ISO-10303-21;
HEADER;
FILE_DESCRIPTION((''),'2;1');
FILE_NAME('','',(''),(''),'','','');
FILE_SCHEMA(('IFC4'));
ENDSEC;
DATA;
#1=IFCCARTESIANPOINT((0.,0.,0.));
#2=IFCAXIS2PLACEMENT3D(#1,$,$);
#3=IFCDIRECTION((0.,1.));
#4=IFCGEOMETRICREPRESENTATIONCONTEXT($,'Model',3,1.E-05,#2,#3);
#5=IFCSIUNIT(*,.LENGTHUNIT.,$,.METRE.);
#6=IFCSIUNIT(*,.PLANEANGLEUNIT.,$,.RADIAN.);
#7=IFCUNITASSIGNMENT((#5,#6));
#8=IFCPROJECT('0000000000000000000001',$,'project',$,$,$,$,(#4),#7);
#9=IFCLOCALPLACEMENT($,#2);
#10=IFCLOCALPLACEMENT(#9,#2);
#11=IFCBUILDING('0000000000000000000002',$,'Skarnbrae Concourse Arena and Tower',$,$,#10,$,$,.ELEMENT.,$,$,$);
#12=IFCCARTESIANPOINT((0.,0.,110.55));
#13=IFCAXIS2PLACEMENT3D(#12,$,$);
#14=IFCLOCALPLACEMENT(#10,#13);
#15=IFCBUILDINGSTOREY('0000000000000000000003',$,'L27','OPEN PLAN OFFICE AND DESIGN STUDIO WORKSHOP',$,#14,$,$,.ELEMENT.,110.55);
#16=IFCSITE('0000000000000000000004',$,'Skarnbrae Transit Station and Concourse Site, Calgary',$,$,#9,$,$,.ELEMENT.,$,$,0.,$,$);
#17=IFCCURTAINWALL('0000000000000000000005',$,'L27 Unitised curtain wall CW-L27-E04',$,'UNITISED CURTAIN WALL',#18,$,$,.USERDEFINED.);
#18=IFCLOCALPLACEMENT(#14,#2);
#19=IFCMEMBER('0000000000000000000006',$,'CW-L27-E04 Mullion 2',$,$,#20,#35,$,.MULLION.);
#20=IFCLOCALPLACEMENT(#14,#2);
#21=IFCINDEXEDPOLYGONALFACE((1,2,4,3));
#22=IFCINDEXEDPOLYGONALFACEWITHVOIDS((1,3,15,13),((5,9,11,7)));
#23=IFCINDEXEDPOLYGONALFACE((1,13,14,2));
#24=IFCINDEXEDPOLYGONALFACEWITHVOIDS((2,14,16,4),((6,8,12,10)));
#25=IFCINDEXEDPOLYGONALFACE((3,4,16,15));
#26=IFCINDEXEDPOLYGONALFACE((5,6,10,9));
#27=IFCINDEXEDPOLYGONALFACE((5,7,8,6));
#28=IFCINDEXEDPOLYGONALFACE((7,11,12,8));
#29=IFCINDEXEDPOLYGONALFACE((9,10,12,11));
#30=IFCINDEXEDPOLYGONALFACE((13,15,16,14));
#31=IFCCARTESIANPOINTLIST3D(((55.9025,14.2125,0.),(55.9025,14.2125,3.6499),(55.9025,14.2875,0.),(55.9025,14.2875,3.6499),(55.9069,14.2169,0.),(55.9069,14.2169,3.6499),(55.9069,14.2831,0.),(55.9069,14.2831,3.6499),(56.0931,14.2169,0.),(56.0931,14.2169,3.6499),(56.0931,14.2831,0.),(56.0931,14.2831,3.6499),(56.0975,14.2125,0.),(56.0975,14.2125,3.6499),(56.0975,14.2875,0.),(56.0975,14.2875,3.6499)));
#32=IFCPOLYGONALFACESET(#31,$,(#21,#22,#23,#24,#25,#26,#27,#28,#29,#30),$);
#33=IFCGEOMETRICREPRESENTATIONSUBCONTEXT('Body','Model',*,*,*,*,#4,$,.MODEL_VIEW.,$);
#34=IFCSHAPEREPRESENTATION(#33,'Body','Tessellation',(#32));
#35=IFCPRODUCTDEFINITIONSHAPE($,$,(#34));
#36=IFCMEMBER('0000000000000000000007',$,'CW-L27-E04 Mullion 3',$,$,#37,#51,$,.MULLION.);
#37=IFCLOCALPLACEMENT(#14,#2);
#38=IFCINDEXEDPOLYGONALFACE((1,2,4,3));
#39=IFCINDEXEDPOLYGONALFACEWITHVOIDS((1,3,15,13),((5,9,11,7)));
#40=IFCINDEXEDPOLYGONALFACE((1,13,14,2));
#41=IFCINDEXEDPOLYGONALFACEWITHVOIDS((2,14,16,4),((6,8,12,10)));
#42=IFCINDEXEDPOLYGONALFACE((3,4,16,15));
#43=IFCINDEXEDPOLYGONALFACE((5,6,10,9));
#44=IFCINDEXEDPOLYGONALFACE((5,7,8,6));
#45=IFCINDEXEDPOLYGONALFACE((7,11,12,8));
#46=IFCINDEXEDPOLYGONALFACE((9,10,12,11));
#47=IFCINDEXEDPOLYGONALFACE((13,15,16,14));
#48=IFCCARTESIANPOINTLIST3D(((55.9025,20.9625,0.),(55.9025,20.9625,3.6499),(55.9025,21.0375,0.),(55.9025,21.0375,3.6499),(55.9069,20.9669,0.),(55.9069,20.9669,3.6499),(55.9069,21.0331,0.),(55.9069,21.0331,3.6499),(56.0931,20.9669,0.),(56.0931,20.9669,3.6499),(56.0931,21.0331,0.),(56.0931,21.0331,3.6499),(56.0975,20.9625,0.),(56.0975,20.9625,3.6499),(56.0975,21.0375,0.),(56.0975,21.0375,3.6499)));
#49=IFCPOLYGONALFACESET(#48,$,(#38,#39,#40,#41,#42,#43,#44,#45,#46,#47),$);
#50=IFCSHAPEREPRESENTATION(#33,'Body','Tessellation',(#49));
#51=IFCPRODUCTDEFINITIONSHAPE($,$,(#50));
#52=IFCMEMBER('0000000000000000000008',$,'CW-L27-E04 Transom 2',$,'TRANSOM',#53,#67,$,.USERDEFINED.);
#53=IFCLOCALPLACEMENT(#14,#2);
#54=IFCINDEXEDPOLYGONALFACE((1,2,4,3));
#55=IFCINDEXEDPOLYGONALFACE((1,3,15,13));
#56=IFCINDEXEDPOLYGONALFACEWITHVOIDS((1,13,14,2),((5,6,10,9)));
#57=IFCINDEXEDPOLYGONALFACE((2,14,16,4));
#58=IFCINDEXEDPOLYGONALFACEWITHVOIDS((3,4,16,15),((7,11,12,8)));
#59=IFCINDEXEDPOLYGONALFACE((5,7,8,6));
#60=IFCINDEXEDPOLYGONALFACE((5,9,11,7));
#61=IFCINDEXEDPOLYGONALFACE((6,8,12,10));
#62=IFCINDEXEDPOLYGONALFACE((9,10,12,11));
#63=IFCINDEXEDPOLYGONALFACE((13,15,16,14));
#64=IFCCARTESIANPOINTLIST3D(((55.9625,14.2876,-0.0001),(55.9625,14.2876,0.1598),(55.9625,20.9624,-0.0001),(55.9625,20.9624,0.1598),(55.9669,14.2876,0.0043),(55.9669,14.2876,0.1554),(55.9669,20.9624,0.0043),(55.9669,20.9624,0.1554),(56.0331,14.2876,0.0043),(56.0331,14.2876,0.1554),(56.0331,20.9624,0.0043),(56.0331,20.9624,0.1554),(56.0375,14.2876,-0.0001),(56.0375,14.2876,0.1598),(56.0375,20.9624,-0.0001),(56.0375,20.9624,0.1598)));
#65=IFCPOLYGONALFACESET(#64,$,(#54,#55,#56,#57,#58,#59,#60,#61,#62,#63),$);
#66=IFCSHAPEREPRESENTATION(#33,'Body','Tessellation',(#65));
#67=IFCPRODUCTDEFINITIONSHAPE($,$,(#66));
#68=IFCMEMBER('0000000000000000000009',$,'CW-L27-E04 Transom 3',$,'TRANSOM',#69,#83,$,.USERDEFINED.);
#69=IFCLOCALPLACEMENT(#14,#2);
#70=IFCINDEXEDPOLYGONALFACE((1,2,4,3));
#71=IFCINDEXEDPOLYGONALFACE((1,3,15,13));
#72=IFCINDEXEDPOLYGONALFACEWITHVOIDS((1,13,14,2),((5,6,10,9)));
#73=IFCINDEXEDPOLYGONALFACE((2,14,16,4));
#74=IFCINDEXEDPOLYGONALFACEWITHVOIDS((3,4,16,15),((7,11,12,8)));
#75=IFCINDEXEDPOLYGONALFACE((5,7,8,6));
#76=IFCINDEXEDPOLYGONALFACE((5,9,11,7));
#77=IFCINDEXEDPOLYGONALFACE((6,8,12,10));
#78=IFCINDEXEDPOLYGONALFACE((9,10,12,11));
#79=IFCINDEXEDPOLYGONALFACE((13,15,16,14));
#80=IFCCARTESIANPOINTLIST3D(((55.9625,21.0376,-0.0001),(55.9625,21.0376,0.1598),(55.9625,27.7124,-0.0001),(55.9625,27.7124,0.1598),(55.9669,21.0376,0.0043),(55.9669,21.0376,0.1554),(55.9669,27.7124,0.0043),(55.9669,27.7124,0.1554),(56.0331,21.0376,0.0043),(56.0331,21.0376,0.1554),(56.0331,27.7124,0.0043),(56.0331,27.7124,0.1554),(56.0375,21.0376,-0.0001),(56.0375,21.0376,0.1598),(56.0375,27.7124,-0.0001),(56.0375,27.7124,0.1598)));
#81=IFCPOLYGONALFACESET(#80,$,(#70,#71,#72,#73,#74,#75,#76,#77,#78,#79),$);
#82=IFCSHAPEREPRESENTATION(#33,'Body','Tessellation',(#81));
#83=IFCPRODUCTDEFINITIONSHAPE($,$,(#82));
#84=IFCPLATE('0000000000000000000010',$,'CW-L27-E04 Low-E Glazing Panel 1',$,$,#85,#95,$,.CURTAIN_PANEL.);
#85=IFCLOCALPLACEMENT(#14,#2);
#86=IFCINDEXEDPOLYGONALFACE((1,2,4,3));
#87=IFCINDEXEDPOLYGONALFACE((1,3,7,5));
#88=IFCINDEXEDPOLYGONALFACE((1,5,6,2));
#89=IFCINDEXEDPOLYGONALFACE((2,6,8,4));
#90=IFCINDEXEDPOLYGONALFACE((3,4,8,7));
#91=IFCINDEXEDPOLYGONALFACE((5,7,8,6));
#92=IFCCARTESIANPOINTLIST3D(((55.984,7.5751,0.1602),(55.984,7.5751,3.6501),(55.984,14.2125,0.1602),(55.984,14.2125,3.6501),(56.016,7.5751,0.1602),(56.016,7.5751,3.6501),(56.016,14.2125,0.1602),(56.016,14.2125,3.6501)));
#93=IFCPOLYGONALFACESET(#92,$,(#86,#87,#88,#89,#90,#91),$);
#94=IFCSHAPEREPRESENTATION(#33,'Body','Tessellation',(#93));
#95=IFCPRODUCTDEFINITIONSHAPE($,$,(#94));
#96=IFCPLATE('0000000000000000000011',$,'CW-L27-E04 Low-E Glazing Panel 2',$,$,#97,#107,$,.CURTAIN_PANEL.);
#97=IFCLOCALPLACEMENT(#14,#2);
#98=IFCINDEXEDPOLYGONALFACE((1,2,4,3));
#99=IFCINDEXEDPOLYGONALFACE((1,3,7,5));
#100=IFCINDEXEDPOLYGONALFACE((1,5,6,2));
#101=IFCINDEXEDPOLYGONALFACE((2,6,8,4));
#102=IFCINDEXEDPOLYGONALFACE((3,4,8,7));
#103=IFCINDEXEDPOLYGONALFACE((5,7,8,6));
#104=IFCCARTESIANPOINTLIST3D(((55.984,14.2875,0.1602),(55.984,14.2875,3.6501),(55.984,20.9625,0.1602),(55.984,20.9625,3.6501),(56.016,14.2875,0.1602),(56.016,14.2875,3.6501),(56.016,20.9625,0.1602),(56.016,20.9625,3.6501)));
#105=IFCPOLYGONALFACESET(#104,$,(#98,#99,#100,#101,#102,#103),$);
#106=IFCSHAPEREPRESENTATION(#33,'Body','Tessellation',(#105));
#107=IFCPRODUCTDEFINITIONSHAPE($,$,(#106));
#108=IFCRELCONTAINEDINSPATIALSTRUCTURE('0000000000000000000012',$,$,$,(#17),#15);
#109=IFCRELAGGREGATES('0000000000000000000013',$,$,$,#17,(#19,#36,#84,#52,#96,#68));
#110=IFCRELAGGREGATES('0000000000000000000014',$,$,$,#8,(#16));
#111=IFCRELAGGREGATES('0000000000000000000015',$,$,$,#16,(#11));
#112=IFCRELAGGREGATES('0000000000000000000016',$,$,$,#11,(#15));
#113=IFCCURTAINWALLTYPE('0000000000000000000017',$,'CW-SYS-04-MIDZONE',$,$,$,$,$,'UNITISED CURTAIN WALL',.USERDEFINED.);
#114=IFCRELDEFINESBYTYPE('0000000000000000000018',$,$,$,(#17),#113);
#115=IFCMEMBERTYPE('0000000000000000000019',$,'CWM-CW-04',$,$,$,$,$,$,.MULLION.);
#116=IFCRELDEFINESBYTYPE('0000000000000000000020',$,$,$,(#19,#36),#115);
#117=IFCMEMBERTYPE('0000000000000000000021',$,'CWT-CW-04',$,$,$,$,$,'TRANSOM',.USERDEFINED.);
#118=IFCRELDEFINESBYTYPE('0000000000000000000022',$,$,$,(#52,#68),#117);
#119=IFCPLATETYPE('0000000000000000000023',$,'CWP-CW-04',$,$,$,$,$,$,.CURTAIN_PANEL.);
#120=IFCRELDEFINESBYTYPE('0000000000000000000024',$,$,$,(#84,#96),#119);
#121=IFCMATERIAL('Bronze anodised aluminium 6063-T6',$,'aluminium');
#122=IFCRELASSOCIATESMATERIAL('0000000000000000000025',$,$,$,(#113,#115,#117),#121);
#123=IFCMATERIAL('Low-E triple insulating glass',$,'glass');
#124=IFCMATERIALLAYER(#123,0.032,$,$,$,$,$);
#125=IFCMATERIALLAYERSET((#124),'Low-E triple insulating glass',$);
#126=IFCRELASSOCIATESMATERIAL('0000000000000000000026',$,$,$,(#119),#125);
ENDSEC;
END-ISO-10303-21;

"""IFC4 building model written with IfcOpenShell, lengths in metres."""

from ifc_helpers import new_model, si_unit, direction, frame, origin, origin_2d, place, context, subcontext, project, spatial, rectangle, hollow_rectangle, extrude, source, transform, mapped, material, layer, layer_set, material_profile, profile_set, type_object, element, aggregate, save


model = new_model("IFC4")

# Units and contexts
model_context = context("Model", 3, precision=1e-05, world=origin(), true_north=direction((0.0, 1.0)))
body_context = subcontext(model_context, "Body", "Model", "MODEL_VIEW")
ifc_project = project(units=[si_unit("LENGTHUNIT", "METRE"), si_unit("PLANEANGLEUNIT", "RADIAN")], contexts=[model_context])

# Site, building, storey
site_placement = place(None, origin())
site = spatial("IfcSite", under=ifc_project, at=site_placement, Name="Skarnbrae Transit Station and Concourse Site, Calgary", CompositionType="ELEMENT", RefElevation=0.0)
building_placement = place(site_placement, origin())
building = spatial("IfcBuilding", under=site, at=building_placement, Name="Skarnbrae Concourse Arena and Tower", CompositionType="ELEMENT")
storey_placement = place(building_placement, frame((0.0, 0.0, 110.55)))
storey = spatial("IfcBuildingStorey", under=building, at=storey_placement, Name="L27", Description="OPEN PLAN OFFICE AND DESIGN STUDIO WORKSHOP", CompositionType="ELEMENT", Elevation=110.55)

# Curtain wall, members, plates
ifc_material_1 = material(Name="Bronze anodised aluminium 6063-T6", Category="aluminium")
curtain_wall_type = type_object("IfcCurtainWallType", Name="CW-SYS-04-MIDZONE", ElementType="UNITISED CURTAIN WALL", PredefinedType="USERDEFINED", material=ifc_material_1)
curtain_wall_placement = place(storey_placement, origin())
curtain_wall = element("IfcCurtainWall", 1, at=curtain_wall_placement, inside=storey, type_object=curtain_wall_type, Name="L27 Unitised curtain wall CW-L27-E04", ObjectType="UNITISED CURTAIN WALL", PredefinedType="USERDEFINED")
ifc_material_profile_1 = material_profile(ifc_material_1, hollow_rectangle(XDim=0.075, YDim=0.1951, WallThickness=0.0044, at=origin_2d()), Name="ALU-MULL-75X195")
ifc_profile_set_1 = profile_set([ifc_material_profile_1], Name="Bronze anodised aluminium 6063-T6")
member_type_1 = type_object("IfcMemberType", Name="CWM-CW-04", PredefinedType="MULLION", material=ifc_profile_set_1)
shared_shape_1 = source(origin(), body_context, "Body", "SweptSolid", [
    extrude(hollow_rectangle(XDim=0.075, YDim=0.1951, WallThickness=0.0044, at=origin_2d()), origin(), (0.0, 0.0, 1.0), 3.6499),
])
member_1_placement = place(storey_placement, frame((56.0, 14.25, 0.0), z_axis=(0.0, 0.0, 1.0), x_axis=(0.0, 1.0, 0.0)))
member_1 = element("IfcMember", 2, at=member_1_placement, type_object=member_type_1, Name="CW-L27-E04 Mullion 2", PredefinedType="MULLION", context=body_context, shape_type="MappedRepresentation", body=[
    mapped(shared_shape_1, transform((0.0, 0.0, 0.0))),
])
member_2_placement = place(storey_placement, frame((56.0, 21.0, 0.0), z_axis=(0.0, 0.0, 1.0), x_axis=(0.0, 1.0, 0.0)))
member_2 = element("IfcMember", 3, at=member_2_placement, type_object=member_type_1, Name="CW-L27-E04 Mullion 3", PredefinedType="MULLION", context=body_context, shape_type="MappedRepresentation", body=[
    mapped(shared_shape_1, transform((0.0, 0.0, 0.0))),
])
ifc_material_profile_2 = material_profile(ifc_material_1, hollow_rectangle(XDim=0.075, YDim=0.1599, WallThickness=0.0044, at=origin_2d()), Name="ALU-TRAN-75X160")
ifc_profile_set_2 = profile_set([ifc_material_profile_2], Name="Bronze anodised aluminium 6063-T6")
member_type_2 = type_object("IfcMemberType", Name="CWT-CW-04", ElementType="TRANSOM", PredefinedType="USERDEFINED", material=ifc_profile_set_2)
shared_shape_2 = source(origin(), body_context, "Body", "SweptSolid", [
    extrude(hollow_rectangle(XDim=0.075, YDim=0.1599, WallThickness=0.0044, at=origin_2d()), origin(), (0.0, 0.0, 1.0), 6.6748),
])
member_3_placement = place(storey_placement, frame((56.0, 14.2876, 0.0798), z_axis=(0.0, 1.0, 0.0), x_axis=(-1.0, 0.0, 0.0)))
member_3 = element("IfcMember", 4, at=member_3_placement, type_object=member_type_2, Name="CW-L27-E04 Transom 2", ObjectType="TRANSOM", PredefinedType="USERDEFINED", context=body_context, shape_type="MappedRepresentation", body=[
    mapped(shared_shape_2, transform((0.0, 0.0, 0.0))),
])
member_4_placement = place(storey_placement, frame((56.0, 21.0376, 0.0798), z_axis=(0.0, 1.0, 0.0), x_axis=(-1.0, 0.0, 0.0)))
member_4 = element("IfcMember", 5, at=member_4_placement, type_object=member_type_2, Name="CW-L27-E04 Transom 3", ObjectType="TRANSOM", PredefinedType="USERDEFINED", context=body_context, shape_type="MappedRepresentation", body=[
    mapped(shared_shape_2, transform((0.0, 0.0, 0.0))),
])
ifc_material_2 = material(Name="Low-E triple insulating glass", Category="glass")
ifc_layer = layer(ifc_material_2, 0.032)
ifc_layer_set = layer_set([ifc_layer], Name="Low-E triple insulating glass")
plate_type = type_object("IfcPlateType", Name="CWP-CW-04", PredefinedType="CURTAIN_PANEL", material=ifc_layer_set)
shared_shape_3 = source(origin(), body_context, "Body", "SweptSolid", [
    extrude(rectangle(XDim=6.6375, YDim=0.032, at=origin_2d()), origin(), (0.0, 0.0, 1.0), 3.49),
])
plate_1_placement = place(storey_placement, frame((56.0, 10.8938, 0.1602), z_axis=(0.0, 0.0, 1.0), x_axis=(0.0, 1.0, 0.0)))
plate_1 = element("IfcPlate", 6, at=plate_1_placement, type_object=plate_type, Name="CW-L27-E04 Low-E Glazing Panel 1", PredefinedType="CURTAIN_PANEL", context=body_context, shape_type="MappedRepresentation", body=[
    mapped(shared_shape_3, transform((0.0, 0.0, 0.0))),
])
shared_shape_4 = source(origin(), body_context, "Body", "SweptSolid", [
    extrude(rectangle(XDim=6.675, YDim=0.032, at=origin_2d()), origin(), (0.0, 0.0, 1.0), 3.49),
])
plate_2_placement = place(storey_placement, frame((56.0, 17.625, 0.1602), z_axis=(0.0, 0.0, 1.0), x_axis=(0.0, 1.0, 0.0)))
plate_2 = element("IfcPlate", 7, at=plate_2_placement, type_object=plate_type, Name="CW-L27-E04 Low-E Glazing Panel 2", PredefinedType="CURTAIN_PANEL", context=body_context, shape_type="MappedRepresentation", body=[
    mapped(shared_shape_4, transform((0.0, 0.0, 0.0))),
])
aggregate(curtain_wall, [member_1, member_2, plate_1, member_3, plate_2, member_4])

save(model, "model.ifc")
